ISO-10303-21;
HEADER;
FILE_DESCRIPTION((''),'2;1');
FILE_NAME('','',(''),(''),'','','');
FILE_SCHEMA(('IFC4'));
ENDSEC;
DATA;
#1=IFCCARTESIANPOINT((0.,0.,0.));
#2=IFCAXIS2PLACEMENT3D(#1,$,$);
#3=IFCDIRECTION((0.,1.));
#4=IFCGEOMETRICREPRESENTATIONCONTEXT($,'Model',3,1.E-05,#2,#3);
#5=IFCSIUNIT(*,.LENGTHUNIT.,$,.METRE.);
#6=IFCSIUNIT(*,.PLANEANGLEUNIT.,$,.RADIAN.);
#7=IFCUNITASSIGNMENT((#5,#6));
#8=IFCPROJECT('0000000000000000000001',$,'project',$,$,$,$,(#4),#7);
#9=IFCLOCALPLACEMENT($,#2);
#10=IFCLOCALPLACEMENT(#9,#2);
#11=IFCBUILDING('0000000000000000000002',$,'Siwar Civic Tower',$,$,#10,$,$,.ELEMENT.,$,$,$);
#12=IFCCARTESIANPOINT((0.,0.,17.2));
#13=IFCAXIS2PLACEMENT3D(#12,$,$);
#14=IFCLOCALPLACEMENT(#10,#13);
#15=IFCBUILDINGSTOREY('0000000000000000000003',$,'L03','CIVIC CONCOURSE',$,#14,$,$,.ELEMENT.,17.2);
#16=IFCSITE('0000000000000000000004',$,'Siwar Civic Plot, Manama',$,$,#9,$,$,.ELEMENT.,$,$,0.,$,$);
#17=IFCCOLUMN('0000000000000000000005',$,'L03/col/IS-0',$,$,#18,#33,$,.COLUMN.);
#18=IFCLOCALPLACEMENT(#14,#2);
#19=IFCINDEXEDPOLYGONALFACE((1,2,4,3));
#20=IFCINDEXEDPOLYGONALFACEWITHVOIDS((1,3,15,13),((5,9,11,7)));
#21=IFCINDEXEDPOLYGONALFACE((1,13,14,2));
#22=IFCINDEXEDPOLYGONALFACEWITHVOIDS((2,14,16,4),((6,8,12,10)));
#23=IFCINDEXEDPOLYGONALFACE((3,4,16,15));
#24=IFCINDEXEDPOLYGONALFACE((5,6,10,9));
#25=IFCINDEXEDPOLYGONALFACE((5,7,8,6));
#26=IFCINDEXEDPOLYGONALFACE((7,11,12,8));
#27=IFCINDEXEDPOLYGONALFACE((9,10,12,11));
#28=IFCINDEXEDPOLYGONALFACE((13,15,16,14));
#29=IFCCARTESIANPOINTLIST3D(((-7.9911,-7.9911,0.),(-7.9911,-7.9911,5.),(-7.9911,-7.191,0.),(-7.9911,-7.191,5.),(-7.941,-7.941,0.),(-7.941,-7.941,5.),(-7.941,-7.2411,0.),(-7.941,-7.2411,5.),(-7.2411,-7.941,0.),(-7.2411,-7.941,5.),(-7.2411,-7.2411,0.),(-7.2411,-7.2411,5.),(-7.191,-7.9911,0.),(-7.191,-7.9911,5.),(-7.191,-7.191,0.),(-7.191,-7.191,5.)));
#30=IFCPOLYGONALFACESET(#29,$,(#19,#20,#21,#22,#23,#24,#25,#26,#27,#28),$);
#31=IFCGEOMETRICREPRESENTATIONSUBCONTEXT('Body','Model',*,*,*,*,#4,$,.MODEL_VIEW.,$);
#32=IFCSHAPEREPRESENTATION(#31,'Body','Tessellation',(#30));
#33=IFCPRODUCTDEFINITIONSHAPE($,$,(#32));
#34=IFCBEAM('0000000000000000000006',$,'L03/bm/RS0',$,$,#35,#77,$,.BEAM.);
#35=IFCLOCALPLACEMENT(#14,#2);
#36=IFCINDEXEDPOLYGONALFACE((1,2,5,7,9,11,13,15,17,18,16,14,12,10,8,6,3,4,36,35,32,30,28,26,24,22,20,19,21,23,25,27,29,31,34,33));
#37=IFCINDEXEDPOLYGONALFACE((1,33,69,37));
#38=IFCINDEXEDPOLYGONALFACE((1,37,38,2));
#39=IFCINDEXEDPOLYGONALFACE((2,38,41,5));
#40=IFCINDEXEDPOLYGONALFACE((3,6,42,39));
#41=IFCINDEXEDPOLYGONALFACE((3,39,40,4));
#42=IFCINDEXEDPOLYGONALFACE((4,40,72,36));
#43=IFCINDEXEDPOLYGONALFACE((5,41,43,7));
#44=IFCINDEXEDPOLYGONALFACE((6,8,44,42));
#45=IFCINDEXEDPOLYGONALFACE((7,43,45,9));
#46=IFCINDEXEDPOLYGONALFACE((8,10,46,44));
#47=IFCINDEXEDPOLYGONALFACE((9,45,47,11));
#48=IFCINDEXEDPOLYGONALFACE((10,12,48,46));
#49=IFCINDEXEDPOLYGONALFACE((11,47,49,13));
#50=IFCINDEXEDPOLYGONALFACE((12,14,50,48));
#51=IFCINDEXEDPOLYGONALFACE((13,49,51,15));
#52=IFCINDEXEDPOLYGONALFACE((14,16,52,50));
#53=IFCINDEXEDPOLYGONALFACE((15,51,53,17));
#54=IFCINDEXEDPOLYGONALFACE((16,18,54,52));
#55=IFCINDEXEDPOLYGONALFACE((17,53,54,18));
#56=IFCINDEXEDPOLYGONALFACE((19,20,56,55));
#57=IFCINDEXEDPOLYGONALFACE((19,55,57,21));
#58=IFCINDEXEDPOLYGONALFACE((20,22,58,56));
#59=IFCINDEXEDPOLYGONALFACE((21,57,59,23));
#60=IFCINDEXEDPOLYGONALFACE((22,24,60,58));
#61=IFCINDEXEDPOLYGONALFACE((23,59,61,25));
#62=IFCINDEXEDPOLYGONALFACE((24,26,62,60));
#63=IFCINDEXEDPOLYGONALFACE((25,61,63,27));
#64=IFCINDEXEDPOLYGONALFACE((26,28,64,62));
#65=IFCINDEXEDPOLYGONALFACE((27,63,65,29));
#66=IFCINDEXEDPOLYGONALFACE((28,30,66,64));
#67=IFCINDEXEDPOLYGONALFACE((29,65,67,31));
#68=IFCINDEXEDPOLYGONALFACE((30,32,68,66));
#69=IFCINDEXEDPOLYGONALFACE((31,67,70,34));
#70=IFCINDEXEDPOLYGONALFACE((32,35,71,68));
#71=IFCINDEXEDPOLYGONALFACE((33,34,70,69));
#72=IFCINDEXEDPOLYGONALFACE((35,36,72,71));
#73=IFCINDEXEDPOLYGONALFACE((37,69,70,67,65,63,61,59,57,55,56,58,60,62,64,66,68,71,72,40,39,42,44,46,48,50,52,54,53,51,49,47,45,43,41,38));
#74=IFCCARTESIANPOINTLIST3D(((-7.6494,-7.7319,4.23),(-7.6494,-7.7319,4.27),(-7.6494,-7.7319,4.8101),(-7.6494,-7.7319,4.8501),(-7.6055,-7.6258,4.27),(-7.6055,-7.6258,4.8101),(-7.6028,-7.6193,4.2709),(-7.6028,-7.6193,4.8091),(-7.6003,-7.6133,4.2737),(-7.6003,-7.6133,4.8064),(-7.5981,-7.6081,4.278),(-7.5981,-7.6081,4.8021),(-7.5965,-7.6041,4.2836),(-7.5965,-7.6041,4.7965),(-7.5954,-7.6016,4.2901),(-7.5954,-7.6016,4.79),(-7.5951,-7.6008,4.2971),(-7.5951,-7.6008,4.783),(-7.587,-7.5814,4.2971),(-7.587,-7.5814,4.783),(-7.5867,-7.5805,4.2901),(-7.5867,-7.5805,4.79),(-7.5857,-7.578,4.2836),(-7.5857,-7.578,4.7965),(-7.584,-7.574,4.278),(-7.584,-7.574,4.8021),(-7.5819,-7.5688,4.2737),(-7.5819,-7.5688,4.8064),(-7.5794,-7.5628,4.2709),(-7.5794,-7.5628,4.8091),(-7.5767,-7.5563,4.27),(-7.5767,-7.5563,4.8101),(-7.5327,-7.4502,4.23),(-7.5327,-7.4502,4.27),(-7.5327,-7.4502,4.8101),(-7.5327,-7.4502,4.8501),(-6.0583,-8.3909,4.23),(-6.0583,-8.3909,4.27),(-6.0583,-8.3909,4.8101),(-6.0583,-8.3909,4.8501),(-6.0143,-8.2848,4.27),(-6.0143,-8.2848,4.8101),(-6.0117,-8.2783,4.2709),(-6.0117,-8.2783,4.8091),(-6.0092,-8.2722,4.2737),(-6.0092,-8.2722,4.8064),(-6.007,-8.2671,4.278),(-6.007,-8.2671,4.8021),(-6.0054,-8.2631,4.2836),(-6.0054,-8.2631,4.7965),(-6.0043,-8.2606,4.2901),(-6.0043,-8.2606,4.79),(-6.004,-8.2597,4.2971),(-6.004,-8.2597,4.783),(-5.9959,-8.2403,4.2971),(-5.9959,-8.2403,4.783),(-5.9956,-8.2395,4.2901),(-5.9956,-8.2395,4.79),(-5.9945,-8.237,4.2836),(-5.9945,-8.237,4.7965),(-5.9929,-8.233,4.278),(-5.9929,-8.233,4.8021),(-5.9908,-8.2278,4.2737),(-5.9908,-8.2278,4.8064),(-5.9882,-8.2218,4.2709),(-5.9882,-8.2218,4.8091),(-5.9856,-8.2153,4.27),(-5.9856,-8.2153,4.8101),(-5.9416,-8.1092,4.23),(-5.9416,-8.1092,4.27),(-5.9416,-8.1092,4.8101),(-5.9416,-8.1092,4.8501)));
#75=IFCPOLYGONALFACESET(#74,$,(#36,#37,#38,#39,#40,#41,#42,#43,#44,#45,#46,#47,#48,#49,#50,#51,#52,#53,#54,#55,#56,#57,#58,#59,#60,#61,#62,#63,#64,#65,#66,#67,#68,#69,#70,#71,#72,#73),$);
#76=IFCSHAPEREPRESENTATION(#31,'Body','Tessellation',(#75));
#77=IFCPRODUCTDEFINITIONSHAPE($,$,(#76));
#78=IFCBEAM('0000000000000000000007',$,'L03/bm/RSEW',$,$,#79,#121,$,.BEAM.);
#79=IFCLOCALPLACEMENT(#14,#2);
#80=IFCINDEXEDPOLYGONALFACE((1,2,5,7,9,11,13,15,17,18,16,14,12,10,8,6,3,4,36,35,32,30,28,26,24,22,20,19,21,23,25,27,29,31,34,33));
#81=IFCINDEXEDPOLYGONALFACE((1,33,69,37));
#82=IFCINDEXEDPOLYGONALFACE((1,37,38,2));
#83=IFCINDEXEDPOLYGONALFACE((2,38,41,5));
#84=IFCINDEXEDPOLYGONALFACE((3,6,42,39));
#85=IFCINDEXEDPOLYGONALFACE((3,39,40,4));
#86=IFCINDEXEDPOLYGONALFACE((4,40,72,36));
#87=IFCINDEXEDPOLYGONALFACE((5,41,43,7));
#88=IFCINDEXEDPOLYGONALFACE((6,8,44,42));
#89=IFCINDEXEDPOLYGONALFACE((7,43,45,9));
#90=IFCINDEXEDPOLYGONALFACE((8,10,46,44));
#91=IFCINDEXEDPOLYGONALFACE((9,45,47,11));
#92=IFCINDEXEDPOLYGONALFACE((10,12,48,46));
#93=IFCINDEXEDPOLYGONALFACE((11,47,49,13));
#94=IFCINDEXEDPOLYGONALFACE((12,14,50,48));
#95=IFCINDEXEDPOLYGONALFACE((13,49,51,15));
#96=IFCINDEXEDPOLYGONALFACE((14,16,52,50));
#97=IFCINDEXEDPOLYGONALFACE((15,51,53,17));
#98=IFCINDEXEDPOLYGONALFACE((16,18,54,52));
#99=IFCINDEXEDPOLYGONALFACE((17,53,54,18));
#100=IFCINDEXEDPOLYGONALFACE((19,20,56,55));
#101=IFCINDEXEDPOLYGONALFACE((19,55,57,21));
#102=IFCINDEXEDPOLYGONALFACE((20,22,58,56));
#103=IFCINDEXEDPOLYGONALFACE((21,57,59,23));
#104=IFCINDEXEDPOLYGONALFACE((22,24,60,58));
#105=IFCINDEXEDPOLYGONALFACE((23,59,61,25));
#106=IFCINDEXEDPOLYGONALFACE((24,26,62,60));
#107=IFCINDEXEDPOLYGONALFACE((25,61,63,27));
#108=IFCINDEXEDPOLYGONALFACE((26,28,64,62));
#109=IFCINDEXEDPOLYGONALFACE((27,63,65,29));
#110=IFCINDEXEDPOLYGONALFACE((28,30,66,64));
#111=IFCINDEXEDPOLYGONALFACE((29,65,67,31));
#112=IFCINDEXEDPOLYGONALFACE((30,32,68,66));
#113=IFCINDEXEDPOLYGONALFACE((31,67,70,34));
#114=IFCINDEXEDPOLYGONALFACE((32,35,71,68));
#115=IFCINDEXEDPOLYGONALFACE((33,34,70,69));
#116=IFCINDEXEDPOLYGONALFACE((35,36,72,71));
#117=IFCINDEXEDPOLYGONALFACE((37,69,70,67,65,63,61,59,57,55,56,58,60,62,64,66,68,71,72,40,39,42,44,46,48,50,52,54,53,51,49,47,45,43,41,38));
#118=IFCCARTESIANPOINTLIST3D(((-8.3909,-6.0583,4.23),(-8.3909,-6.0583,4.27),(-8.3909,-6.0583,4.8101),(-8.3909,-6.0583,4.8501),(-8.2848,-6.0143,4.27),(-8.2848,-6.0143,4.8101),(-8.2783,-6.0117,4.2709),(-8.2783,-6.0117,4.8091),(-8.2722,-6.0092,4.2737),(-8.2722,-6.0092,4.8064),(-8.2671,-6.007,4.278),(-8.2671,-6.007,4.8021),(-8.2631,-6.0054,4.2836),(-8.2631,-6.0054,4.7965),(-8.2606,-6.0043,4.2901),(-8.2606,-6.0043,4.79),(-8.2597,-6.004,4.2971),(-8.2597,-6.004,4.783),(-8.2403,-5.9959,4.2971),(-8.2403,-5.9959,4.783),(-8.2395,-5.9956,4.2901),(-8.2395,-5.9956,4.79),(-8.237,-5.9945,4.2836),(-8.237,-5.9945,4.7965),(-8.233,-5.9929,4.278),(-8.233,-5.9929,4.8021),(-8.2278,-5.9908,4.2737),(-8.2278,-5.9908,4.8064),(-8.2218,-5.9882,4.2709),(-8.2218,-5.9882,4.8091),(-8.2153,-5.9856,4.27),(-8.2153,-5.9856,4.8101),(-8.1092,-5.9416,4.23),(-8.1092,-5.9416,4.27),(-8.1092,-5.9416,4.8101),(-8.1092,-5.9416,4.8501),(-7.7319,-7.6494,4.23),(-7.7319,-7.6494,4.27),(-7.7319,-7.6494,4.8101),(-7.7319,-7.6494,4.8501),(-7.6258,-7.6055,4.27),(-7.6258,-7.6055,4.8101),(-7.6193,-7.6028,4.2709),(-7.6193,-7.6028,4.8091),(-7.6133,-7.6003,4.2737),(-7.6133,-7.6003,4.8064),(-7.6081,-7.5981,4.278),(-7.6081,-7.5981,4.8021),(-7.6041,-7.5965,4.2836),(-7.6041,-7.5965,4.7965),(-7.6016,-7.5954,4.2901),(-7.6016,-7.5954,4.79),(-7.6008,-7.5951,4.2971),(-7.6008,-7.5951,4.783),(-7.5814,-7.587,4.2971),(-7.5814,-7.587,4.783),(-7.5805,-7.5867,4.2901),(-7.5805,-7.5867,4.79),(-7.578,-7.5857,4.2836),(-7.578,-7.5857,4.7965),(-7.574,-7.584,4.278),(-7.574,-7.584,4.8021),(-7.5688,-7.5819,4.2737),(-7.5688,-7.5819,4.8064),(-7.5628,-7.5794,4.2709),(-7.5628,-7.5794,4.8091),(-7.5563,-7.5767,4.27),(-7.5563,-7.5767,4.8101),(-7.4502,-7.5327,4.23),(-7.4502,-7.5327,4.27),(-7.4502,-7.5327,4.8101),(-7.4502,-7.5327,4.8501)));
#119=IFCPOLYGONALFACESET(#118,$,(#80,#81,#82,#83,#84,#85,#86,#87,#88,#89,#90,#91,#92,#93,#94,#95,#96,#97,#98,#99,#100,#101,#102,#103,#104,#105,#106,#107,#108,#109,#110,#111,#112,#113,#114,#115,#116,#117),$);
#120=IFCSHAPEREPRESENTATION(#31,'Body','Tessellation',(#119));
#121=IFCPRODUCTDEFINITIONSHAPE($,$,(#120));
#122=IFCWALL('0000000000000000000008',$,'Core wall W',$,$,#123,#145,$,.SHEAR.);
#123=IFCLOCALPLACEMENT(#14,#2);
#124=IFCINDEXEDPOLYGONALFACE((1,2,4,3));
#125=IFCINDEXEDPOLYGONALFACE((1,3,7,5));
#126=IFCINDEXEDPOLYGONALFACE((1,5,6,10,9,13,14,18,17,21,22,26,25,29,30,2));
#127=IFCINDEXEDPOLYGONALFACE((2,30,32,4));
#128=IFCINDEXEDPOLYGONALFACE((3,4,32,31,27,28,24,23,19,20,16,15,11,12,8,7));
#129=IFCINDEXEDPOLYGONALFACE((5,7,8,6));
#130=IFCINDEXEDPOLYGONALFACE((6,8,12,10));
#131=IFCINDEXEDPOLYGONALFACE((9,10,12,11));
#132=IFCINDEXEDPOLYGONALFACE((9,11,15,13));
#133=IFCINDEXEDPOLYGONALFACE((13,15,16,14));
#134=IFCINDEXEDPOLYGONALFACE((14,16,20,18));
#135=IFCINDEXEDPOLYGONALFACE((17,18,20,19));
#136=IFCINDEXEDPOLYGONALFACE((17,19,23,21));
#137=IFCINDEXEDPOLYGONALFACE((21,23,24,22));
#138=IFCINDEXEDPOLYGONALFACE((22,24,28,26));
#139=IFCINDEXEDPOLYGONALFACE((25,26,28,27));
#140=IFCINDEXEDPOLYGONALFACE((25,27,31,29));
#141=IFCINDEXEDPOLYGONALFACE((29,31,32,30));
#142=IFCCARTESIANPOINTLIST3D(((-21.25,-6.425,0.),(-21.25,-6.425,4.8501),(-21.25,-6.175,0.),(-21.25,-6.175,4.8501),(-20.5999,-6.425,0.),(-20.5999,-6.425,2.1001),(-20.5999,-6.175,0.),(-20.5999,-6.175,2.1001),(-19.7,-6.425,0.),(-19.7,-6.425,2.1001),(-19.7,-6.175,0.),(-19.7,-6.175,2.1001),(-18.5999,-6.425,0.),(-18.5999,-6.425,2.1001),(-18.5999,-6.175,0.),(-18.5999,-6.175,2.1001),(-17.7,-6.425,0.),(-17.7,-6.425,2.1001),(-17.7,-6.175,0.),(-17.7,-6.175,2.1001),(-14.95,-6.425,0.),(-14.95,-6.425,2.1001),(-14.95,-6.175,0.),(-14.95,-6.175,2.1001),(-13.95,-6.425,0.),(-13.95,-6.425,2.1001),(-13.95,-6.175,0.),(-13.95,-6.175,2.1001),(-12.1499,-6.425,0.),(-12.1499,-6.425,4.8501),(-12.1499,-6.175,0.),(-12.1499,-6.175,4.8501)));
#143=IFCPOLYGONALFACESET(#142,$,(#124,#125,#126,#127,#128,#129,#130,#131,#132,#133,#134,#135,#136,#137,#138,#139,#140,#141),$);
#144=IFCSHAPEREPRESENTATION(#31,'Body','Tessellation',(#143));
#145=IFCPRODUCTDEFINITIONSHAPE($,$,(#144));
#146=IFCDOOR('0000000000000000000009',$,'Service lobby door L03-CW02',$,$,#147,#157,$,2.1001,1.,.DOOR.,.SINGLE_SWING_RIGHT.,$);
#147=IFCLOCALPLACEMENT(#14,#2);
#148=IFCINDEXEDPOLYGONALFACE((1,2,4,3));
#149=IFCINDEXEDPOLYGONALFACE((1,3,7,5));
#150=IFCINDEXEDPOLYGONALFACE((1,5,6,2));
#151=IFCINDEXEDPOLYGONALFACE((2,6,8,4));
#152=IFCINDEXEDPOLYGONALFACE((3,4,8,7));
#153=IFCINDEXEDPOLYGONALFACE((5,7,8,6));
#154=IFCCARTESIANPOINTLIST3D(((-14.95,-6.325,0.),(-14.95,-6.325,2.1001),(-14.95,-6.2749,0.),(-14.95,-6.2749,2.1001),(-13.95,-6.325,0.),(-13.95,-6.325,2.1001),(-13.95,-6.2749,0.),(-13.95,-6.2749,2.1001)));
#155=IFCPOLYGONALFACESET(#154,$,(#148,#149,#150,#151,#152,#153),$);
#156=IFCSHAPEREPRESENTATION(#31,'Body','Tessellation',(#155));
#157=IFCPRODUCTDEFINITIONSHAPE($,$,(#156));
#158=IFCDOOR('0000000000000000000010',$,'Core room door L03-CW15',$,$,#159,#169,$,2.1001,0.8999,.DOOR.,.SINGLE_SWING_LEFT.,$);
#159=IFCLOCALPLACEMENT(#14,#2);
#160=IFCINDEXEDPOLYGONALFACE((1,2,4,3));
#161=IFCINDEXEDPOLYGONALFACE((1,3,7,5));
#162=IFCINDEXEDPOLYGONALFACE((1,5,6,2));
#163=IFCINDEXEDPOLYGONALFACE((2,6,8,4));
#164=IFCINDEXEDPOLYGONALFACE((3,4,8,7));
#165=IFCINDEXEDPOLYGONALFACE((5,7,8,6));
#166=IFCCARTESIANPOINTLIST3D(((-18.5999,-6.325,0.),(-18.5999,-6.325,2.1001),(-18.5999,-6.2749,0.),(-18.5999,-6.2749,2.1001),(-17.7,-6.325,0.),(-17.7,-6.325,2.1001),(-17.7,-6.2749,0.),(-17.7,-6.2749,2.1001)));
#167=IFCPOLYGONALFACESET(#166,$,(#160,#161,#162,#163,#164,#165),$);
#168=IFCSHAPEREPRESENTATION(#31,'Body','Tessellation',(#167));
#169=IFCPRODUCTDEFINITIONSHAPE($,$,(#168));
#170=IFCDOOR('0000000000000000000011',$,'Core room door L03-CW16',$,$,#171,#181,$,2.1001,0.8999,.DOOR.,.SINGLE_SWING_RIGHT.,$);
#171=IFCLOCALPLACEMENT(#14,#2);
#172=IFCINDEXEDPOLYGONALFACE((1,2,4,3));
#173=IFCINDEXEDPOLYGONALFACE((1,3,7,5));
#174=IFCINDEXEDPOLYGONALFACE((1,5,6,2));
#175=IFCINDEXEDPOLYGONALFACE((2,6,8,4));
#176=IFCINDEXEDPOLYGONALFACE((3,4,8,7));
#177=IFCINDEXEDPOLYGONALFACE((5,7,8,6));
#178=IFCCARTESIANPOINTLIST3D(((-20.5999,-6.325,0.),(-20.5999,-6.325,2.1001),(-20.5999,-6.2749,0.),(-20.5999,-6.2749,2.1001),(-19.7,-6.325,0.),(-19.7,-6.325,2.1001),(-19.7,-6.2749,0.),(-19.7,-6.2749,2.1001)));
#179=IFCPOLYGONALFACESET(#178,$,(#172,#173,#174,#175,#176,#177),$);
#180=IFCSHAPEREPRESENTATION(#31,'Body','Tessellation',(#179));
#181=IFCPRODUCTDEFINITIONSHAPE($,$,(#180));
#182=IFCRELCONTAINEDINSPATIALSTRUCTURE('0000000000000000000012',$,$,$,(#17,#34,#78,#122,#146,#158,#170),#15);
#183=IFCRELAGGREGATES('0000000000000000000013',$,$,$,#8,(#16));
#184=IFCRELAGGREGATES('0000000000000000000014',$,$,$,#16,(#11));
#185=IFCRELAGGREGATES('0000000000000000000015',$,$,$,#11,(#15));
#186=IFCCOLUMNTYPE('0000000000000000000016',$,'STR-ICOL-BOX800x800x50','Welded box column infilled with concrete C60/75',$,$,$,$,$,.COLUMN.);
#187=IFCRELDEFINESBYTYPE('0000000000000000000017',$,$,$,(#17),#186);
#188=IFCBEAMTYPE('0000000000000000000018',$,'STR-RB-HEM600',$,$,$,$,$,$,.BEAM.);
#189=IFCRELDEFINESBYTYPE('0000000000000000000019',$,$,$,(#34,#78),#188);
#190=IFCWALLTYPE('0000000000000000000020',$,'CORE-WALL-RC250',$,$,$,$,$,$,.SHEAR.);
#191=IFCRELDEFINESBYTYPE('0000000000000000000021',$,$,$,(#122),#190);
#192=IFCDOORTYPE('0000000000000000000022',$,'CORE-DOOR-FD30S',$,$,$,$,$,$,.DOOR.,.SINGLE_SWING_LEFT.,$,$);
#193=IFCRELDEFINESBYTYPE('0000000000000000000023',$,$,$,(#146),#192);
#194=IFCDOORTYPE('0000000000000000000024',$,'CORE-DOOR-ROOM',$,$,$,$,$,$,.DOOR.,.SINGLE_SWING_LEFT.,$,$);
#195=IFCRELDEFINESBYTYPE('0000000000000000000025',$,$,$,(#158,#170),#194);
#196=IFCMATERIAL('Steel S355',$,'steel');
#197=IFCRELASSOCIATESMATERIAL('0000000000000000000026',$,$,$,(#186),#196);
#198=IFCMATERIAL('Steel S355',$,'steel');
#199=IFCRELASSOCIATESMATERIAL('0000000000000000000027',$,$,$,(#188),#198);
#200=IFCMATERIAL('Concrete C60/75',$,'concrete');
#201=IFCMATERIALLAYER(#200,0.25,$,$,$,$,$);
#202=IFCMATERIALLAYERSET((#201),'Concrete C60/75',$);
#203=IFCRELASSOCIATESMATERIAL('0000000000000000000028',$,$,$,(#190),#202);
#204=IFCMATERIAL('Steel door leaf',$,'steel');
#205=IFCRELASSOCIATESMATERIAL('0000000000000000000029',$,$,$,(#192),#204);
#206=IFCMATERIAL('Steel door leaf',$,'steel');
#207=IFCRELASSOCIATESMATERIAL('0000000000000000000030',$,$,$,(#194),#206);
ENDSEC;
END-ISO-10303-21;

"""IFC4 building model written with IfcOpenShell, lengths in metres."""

from ifc_helpers import new_model, si_unit, direction, frame, frame_2d, origin, origin_2d, place, context, subcontext, project, spatial, rectangle, hollow_rectangle, i_section, extrude, material, layer, layer_set, material_profile, profile_set, type_object, element, fill, save


model = new_model("IFC4")

# Units and contexts
model_context = context("Model", 3, precision=1e-05, world=origin(), true_north=direction((0.0, 1.0)))
body_context = subcontext(model_context, "Body", "Model", "MODEL_VIEW")
ifc_project = project(units=[si_unit("LENGTHUNIT", "METRE"), si_unit("PLANEANGLEUNIT", "RADIAN")], contexts=[model_context])

# Site, building, storey
site_placement = place(None, origin())
site = spatial("IfcSite", under=ifc_project, at=site_placement, Name="Siwar Civic Plot, Manama", CompositionType="ELEMENT", RefElevation=0.0)
building_placement = place(site_placement, origin())
building = spatial("IfcBuilding", under=site, at=building_placement, Name="Siwar Civic Tower", CompositionType="ELEMENT")
storey_placement = place(building_placement, frame((0.0, 0.0, 17.2)))
storey = spatial("IfcBuildingStorey", under=building, at=storey_placement, Name="L03", Description="CIVIC CONCOURSE", CompositionType="ELEMENT", Elevation=17.2)

# Column
ifc_material_1 = material(Name="Steel S355", Category="steel")
ifc_material_profile_1 = material_profile(ifc_material_1, hollow_rectangle(XDim=0.8, YDim=0.8, WallThickness=0.05, at=origin_2d()), Name="BOX800x800x50")
ifc_profile_set_1 = profile_set([ifc_material_profile_1], Name="Steel S355")
column_type = type_object("IfcColumnType", Name="STR-ICOL-BOX800x800x50", Description="Welded box column infilled with concrete C60/75", PredefinedType="COLUMN", material=ifc_profile_set_1)
column_placement = place(storey_placement, frame((-7.5911, -7.5911, 0.0), z_axis=(0.0, 0.0, 1.0), x_axis=(1.0, 0.0, 0.0)))
element("IfcColumn", 1, at=column_placement, inside=storey, type_object=column_type, Name="L03/col/IS-0", PredefinedType="COLUMN", context=body_context, shape_type="SweptSolid", body=[
    extrude(hollow_rectangle(XDim=0.8, YDim=0.8, WallThickness=0.05, at=origin_2d()), origin(), (0.0, 0.0, 1.0), 5.0),
])

# Beams
ifc_material_2 = material(Name="Steel S355", Category="steel")
ifc_material_profile_2 = material_profile(ifc_material_2, i_section(OverallWidth=0.3049, OverallDepth=0.6201, WebThickness=0.021, FlangeThickness=0.04, FilletRadius=0.0271, at=origin_2d()), Name="HEM600")
ifc_profile_set_2 = profile_set([ifc_material_profile_2], Name="Steel S355")
beam_type = type_object("IfcBeamType", Name="STR-RB-HEM600", PredefinedType="BEAM", material=ifc_profile_set_2)
for number, where, z_axis, x_axis, name in (
    (2, (-7.5911, -7.5911, 4.54), (0.923901, -0.382631, 0.0), (0.382631, 0.923901, 0.0), "L03/bm/RS0"),
    (3, (-7.5911, -7.5911, 4.54), (-0.382631, 0.923901, 0.0), (-0.923901, -0.382631, 0.0), "L03/bm/RSEW"),
):
    element("IfcBeam", number, at=place(storey_placement, frame(where, z_axis=z_axis, x_axis=x_axis)), inside=storey, type_object=beam_type, Name=name, PredefinedType="BEAM", context=body_context, shape_type="SweptSolid", body=[
        extrude(i_section(OverallWidth=0.3049, OverallDepth=0.6201, WebThickness=0.021, FlangeThickness=0.04, FilletRadius=0.0271, at=origin_2d()), origin(), (0.0, 0.0, 1.0), 1.7222),
    ])

# Wall, openings, doors
ifc_material_3 = material(Name="Concrete C60/75", Category="concrete")
ifc_layer_1 = layer(ifc_material_3, 0.25)
ifc_layer_set_1 = layer_set([ifc_layer_1], Name="Concrete C60/75")
wall_type_1 = type_object("IfcWallType", Name="CORE-WALL-RC250", PredefinedType="SHEAR", material=ifc_layer_set_1)
wall_1_placement = place(storey_placement, frame((-12.1499, -6.3, 0.0), z_axis=(0.0, 0.0, 1.0), x_axis=(-1.0, 0.0, 0.0)))
wall_1 = element("IfcWall", 4, at=wall_1_placement, inside=storey, type_object=wall_type_1, Name="Core wall W", PredefinedType="SHEAR", context=body_context, shape_type="SweptSolid", body=[
    extrude(rectangle(XDim=9.1001, YDim=0.25, at=frame_2d((4.55, 0.0))), origin(), (0.0, 0.0, 1.0), 4.8501),
])
opening_1_placement = place(wall_1_placement, frame((1.8, 0.0, 0.0)))
opening_1 = element("IfcOpeningElement", 5, at=opening_1_placement, cuts=wall_1, PredefinedType="OPENING", context=body_context, shape_type="SweptSolid", body=[
    extrude(rectangle(XDim=1.0, YDim=2.1001, at=frame_2d((0.5, 1.05))), frame((0.0, 0.135, 0.0), z_axis=(0.0, -1.0, 0.0), x_axis=(1.0, 0.0, 0.0)), (0.0, 0.0, 1.0), 0.27),
])
opening_2_placement = place(wall_1_placement, frame((5.55, 0.0, 0.0)))
opening_2 = element("IfcOpeningElement", 6, at=opening_2_placement, cuts=wall_1, PredefinedType="OPENING", context=body_context, shape_type="SweptSolid", body=[
    extrude(rectangle(XDim=0.8999, YDim=2.1001, at=frame_2d((0.45, 1.05))), frame((0.0, 0.135, 0.0), z_axis=(0.0, -1.0, 0.0), x_axis=(1.0, 0.0, 0.0)), (0.0, 0.0, 1.0), 0.27),
])
opening_3_placement = place(wall_1_placement, frame((7.55, 0.0, 0.0)))
opening_3 = element("IfcOpeningElement", 7, at=opening_3_placement, cuts=wall_1, PredefinedType="OPENING", context=body_context, shape_type="SweptSolid", body=[
    extrude(rectangle(XDim=0.8999, YDim=2.1001, at=frame_2d((0.45, 1.05))), frame((0.0, 0.135, 0.0), z_axis=(0.0, -1.0, 0.0), x_axis=(1.0, 0.0, 0.0)), (0.0, 0.0, 1.0), 0.27),
])
ifc_material_4 = material(Name="Steel door leaf", Category="steel")
door_type_1 = type_object("IfcDoorType", Name="CORE-DOOR-FD30S", OperationType="SINGLE_SWING_LEFT", PredefinedType="DOOR", material=ifc_material_4)
door_1_placement = place(opening_1_placement, origin())
door_1 = element("IfcDoor", 8, at=door_1_placement, inside=storey, type_object=door_type_1, Name="Service lobby door L03-CW02", OperationType="SINGLE_SWING_RIGHT", OverallHeight=2.1001, OverallWidth=1.0, PredefinedType="DOOR", context=body_context, shape_type="SweptSolid", body=[
    extrude(rectangle(XDim=1.0, YDim=2.1001, at=frame_2d((0.5, 1.05))), frame((0.0, 0.0249, 0.0), z_axis=(0.0, -1.0, 0.0), x_axis=(1.0, 0.0, 0.0)), (0.0, 0.0, 1.0), 0.05),
])
fill(opening_1, door_1)
ifc_material_5 = material(Name="Steel door leaf", Category="steel")
door_type_2 = type_object("IfcDoorType", Name="CORE-DOOR-ROOM", OperationType="SINGLE_SWING_LEFT", PredefinedType="DOOR", material=ifc_material_5)
door_2_placement = place(opening_2_placement, origin())
door_2 = element("IfcDoor", 9, at=door_2_placement, inside=storey, type_object=door_type_2, Name="Core room door L03-CW15", OperationType="SINGLE_SWING_LEFT", OverallHeight=2.1001, OverallWidth=0.8999, PredefinedType="DOOR", context=body_context, shape_type="SweptSolid", body=[
    extrude(rectangle(XDim=0.8999, YDim=2.1001, at=frame_2d((0.45, 1.05))), frame((0.0, 0.0249, 0.0), z_axis=(0.0, -1.0, 0.0), x_axis=(1.0, 0.0, 0.0)), (0.0, 0.0, 1.0), 0.05),
])
fill(opening_2, door_2)
door_3_placement = place(opening_3_placement, origin())
door_3 = element("IfcDoor", 10, at=door_3_placement, inside=storey, type_object=door_type_2, Name="Core room door L03-CW16", OperationType="SINGLE_SWING_RIGHT", OverallHeight=2.1001, OverallWidth=0.8999, PredefinedType="DOOR", context=body_context, shape_type="SweptSolid", body=[
    extrude(rectangle(XDim=0.8999, YDim=2.1001, at=frame_2d((0.45, 1.05))), frame((0.0, 0.0249, 0.0), z_axis=(0.0, -1.0, 0.0), x_axis=(1.0, 0.0, 0.0)), (0.0, 0.0, 1.0), 0.05),
])
fill(opening_3, door_3)

save(model, "model.ifc")
